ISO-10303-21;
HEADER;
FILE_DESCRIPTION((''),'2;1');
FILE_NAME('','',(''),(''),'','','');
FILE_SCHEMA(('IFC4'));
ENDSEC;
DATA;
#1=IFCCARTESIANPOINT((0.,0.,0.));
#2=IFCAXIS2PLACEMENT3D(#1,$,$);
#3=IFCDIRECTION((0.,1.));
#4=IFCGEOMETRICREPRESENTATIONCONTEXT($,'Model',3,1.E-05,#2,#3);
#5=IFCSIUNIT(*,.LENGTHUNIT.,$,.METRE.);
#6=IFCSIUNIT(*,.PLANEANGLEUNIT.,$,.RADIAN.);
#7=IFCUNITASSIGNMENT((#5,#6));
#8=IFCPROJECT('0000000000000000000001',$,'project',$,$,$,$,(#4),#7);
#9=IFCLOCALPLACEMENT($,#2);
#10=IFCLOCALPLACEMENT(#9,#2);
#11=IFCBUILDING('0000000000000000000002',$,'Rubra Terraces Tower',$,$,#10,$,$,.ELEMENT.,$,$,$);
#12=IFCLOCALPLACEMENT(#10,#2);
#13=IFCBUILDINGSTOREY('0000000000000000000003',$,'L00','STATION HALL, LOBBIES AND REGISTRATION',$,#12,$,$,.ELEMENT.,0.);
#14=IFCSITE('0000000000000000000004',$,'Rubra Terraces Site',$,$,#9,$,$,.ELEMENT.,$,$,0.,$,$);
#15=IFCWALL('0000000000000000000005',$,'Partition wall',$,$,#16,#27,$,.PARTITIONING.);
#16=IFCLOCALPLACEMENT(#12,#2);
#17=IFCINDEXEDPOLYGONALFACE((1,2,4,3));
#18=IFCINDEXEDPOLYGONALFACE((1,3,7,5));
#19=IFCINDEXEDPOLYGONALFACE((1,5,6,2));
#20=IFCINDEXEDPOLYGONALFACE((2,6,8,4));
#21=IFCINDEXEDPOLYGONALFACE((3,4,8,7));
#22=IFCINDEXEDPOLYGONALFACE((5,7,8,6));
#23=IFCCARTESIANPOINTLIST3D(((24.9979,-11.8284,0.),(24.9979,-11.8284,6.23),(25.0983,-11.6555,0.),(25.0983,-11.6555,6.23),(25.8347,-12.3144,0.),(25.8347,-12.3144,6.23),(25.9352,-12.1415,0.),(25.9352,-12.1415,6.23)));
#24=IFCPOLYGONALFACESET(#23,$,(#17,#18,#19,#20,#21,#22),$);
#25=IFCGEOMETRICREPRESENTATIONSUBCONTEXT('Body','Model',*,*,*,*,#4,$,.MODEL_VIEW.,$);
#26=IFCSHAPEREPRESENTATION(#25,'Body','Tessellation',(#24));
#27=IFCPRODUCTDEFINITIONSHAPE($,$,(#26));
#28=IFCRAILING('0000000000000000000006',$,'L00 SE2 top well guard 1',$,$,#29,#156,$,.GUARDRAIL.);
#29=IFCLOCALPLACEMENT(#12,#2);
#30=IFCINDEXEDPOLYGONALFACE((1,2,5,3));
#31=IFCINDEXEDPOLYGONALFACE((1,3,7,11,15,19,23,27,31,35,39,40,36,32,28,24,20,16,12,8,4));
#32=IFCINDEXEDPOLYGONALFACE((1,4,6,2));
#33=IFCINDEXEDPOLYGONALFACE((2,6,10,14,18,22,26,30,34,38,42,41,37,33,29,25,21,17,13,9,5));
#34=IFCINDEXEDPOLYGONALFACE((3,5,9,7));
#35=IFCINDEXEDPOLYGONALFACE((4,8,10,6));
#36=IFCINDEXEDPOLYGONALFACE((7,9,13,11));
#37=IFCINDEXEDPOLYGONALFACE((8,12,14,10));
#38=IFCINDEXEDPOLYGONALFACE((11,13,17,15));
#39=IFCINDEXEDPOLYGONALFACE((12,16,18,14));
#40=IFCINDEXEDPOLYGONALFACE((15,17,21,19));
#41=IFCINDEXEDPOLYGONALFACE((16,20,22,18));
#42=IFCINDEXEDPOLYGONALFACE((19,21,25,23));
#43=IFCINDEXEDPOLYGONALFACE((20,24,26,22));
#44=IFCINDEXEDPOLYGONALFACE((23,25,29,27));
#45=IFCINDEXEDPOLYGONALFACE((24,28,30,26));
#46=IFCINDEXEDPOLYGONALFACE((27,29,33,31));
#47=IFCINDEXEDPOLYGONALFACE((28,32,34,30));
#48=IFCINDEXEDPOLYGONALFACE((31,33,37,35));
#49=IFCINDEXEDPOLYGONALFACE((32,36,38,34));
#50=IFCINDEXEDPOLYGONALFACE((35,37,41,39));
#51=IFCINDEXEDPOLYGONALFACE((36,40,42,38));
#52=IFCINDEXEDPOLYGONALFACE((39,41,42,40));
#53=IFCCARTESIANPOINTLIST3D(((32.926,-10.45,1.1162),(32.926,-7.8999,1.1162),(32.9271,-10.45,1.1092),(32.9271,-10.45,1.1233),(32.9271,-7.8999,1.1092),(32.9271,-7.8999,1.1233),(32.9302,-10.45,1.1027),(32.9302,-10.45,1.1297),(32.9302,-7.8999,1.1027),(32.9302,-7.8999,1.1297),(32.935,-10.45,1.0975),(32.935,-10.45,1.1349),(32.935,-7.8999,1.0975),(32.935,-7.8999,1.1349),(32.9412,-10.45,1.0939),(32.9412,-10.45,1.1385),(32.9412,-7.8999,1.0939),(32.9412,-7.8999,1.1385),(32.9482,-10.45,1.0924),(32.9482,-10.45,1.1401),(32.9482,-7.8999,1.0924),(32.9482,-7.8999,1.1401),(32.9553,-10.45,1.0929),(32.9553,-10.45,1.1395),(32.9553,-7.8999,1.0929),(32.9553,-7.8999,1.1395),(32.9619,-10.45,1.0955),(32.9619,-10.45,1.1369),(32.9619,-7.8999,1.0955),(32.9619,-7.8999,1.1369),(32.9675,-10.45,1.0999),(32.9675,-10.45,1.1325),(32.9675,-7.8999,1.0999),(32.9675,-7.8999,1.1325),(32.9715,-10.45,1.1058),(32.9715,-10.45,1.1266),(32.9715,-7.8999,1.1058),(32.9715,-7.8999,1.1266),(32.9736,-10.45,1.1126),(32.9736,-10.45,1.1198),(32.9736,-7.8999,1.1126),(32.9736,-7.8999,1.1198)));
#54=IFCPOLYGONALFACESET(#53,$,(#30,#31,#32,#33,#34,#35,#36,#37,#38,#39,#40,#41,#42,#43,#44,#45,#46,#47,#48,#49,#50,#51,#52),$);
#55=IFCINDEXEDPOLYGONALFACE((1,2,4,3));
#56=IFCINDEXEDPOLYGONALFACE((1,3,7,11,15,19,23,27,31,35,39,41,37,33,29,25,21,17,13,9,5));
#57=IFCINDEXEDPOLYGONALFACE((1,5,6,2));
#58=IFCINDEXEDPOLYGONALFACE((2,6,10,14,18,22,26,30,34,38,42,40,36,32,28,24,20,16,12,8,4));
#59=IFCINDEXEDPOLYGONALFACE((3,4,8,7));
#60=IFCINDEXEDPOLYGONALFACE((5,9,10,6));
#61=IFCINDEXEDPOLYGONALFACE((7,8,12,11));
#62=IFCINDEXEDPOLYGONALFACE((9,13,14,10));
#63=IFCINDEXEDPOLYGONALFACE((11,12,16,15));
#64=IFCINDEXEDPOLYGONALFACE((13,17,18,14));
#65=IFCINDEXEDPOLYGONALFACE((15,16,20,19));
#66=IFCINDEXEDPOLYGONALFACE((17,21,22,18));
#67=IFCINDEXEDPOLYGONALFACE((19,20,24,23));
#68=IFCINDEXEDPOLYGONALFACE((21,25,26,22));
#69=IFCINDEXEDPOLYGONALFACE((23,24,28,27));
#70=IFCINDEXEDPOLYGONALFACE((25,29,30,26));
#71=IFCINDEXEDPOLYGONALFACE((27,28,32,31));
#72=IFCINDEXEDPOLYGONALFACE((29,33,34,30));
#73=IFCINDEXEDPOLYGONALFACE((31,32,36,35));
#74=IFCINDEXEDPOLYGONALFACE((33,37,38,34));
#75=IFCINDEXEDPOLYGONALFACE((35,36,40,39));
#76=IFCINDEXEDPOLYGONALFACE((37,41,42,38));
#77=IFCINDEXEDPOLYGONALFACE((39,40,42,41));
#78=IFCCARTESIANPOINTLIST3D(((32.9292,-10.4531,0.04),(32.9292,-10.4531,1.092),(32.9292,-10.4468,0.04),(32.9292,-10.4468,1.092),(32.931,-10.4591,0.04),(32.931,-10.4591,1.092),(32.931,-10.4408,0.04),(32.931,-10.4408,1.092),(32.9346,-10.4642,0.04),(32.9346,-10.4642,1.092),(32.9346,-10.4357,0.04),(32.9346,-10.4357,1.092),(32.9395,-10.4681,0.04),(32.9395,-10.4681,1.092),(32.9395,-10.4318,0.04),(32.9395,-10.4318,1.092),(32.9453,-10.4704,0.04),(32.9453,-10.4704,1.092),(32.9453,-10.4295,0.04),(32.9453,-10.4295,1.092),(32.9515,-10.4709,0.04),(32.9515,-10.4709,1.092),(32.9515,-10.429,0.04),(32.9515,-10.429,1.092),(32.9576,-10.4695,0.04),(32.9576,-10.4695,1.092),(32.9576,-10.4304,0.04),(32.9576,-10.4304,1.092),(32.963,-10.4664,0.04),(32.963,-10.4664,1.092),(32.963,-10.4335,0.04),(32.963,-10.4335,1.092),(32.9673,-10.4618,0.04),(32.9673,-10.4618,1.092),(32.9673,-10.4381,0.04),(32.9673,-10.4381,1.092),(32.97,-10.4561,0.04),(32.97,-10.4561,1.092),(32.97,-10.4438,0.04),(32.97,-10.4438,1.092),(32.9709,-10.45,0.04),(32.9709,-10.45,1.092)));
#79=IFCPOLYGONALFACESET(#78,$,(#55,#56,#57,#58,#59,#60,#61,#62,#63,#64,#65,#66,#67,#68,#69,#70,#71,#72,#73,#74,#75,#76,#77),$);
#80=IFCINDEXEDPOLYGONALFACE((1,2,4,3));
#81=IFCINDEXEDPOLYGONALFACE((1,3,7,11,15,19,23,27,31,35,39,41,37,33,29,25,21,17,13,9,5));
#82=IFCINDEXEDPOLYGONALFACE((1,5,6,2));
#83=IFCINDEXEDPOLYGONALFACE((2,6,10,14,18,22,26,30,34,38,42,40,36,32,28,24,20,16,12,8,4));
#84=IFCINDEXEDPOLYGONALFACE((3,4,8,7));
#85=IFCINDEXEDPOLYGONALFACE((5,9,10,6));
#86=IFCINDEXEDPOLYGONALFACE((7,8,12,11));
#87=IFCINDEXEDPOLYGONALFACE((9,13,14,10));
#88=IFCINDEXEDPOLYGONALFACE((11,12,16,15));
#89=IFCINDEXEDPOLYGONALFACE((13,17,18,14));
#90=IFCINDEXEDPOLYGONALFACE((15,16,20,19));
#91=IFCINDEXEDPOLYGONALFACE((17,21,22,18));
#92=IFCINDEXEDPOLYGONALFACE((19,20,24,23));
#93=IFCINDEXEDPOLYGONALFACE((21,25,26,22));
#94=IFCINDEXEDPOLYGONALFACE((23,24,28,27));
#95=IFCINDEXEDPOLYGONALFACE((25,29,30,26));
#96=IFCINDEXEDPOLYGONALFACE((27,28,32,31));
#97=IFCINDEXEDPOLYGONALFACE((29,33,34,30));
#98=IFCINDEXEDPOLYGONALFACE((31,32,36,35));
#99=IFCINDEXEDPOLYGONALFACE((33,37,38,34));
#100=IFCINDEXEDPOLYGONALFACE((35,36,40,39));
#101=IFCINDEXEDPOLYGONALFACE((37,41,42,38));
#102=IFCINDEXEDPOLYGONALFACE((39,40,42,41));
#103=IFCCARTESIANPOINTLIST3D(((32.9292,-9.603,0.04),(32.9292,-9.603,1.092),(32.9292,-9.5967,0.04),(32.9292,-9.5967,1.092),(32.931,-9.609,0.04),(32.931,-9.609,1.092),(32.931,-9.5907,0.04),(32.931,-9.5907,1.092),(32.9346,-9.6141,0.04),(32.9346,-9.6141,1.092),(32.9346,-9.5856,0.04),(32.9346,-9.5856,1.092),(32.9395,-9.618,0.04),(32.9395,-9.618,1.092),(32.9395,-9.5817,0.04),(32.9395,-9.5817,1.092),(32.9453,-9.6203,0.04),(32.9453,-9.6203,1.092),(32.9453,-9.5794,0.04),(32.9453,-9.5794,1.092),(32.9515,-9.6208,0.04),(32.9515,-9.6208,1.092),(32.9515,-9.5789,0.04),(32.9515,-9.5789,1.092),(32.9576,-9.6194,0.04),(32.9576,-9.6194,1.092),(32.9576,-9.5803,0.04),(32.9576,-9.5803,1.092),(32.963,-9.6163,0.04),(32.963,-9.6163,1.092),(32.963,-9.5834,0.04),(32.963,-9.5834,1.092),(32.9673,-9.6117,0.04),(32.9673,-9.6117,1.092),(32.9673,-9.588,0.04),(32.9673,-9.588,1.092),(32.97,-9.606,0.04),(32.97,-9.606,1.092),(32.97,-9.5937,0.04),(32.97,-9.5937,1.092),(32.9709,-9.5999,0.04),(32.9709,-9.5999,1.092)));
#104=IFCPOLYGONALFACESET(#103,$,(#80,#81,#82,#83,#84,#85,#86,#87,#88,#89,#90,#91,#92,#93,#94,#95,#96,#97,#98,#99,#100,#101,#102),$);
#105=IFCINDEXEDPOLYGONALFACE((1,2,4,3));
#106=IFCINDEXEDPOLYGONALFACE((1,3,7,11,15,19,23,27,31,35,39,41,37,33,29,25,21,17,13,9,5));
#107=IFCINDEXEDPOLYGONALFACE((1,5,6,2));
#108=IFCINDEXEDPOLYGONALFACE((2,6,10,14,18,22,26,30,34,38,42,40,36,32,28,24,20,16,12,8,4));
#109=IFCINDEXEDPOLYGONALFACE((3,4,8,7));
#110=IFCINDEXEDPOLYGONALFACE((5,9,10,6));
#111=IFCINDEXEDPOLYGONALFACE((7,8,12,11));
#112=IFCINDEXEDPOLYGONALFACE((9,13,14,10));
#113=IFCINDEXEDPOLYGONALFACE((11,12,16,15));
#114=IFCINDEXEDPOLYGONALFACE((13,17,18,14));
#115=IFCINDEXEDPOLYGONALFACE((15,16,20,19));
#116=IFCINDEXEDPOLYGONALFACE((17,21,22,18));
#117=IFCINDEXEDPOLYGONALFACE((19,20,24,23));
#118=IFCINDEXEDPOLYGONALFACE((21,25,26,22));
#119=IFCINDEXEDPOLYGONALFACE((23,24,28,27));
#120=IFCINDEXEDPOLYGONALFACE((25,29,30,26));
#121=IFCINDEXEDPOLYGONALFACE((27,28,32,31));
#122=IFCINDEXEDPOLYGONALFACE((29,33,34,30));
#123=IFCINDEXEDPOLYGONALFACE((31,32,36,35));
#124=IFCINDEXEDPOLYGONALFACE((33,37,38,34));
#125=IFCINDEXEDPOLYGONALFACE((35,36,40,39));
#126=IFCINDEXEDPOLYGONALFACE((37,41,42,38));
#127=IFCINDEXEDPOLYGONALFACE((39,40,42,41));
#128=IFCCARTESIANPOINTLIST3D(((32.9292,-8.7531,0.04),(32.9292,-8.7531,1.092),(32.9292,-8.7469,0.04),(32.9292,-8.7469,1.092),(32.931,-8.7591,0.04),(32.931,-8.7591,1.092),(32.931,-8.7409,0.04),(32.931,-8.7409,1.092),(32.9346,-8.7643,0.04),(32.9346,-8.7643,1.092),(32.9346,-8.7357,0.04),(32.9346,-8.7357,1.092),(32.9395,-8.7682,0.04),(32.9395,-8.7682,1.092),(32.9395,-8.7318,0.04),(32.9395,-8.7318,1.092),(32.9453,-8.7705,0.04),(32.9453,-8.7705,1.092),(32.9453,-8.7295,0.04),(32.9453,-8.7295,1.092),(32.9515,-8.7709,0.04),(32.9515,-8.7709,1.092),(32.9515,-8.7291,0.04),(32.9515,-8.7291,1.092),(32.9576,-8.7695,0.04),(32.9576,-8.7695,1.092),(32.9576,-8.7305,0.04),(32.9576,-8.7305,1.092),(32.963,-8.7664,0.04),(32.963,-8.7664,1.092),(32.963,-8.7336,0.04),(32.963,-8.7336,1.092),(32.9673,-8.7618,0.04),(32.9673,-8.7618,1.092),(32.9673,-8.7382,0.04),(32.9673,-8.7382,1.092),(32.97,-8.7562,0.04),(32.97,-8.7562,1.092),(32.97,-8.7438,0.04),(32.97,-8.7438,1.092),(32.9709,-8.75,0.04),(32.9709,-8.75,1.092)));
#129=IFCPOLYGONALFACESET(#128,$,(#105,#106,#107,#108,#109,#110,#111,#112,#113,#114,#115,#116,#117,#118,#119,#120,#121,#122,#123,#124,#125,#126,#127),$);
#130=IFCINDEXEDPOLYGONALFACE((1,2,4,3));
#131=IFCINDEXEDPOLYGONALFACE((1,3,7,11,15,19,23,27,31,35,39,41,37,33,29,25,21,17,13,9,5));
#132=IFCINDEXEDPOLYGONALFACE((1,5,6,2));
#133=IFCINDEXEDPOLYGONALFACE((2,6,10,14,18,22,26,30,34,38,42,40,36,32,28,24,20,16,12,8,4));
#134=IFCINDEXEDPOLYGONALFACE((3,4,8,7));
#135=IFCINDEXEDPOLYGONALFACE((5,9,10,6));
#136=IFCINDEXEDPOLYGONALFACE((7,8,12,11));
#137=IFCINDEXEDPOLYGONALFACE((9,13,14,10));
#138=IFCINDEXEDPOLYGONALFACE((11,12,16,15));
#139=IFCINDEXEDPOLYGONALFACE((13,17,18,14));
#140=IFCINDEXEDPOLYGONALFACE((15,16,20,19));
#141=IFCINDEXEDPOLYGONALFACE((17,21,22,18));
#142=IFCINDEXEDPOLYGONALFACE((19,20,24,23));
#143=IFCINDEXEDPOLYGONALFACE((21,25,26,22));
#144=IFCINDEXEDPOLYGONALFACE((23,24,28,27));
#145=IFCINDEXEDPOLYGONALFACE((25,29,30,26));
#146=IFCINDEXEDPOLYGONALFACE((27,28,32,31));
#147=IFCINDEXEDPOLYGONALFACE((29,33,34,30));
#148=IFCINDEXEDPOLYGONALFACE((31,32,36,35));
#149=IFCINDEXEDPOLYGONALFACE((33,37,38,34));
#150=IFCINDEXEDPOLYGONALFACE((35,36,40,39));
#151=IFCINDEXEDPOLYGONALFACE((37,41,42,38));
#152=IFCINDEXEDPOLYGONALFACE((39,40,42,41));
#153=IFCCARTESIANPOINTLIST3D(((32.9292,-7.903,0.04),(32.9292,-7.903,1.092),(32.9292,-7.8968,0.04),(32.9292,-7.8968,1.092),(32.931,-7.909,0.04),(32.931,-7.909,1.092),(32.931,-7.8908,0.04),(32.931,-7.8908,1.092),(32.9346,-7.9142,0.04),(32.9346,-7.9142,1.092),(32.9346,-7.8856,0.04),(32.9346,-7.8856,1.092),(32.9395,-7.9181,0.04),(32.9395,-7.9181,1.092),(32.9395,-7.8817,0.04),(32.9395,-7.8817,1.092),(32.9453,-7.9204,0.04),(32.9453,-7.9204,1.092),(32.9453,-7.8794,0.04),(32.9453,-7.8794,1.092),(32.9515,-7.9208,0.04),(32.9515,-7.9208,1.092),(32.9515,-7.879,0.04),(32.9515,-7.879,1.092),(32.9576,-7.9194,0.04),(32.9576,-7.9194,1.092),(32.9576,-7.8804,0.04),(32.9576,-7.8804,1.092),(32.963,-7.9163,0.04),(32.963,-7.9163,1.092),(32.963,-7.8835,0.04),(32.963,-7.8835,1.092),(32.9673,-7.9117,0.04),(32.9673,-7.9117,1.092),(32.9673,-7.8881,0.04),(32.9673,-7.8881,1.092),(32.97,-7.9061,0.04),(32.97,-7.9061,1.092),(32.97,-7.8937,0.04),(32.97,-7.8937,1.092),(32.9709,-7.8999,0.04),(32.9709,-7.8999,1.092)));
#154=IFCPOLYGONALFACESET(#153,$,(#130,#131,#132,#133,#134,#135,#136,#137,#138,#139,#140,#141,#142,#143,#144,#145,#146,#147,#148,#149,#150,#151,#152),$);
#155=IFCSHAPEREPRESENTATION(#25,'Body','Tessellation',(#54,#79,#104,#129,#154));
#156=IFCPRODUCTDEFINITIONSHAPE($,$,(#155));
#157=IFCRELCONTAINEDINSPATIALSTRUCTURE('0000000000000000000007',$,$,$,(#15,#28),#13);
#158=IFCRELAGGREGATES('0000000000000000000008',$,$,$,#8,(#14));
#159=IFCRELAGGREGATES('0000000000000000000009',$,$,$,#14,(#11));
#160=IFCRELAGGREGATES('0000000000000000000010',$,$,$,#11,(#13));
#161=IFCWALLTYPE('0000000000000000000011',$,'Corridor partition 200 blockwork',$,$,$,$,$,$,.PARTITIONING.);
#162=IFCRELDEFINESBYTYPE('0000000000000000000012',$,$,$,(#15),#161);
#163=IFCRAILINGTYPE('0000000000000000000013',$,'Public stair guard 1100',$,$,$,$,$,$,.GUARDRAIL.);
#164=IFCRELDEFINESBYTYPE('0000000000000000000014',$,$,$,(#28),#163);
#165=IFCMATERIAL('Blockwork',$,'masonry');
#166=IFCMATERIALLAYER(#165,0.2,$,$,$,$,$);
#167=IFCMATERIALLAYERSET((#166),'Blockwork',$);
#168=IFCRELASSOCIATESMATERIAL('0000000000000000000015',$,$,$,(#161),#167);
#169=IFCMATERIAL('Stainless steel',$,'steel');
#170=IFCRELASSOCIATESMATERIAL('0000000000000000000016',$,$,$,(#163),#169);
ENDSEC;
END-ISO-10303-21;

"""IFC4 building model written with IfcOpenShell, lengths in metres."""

from ifc_helpers import new_model, si_unit, direction, frame, frame_2d, origin, origin_2d, place, context, subcontext, project, spatial, rectangle, circle, extrude, material, layer, layer_set, type_object, element, save


model = new_model("IFC4")

# Units and contexts
model_context = context("Model", 3, precision=1e-05, world=origin(), true_north=direction((0.0, 1.0)))
body_context = subcontext(model_context, "Body", "Model", "MODEL_VIEW")
ifc_project = project(units=[si_unit("LENGTHUNIT", "METRE"), si_unit("PLANEANGLEUNIT", "RADIAN")], contexts=[model_context])

# Site, building, storey
site_placement = place(None, origin())
site = spatial("IfcSite", under=ifc_project, at=site_placement, Name="Rubra Terraces Site", CompositionType="ELEMENT", RefElevation=0.0)
building_placement = place(site_placement, origin())
building = spatial("IfcBuilding", under=site, at=building_placement, Name="Rubra Terraces Tower", CompositionType="ELEMENT")
storey_placement = place(building_placement, origin())
storey = spatial("IfcBuildingStorey", under=building, at=storey_placement, Name="L00", Description="STATION HALL, LOBBIES AND REGISTRATION", CompositionType="ELEMENT", Elevation=0.0)

# Wall
ifc_material_1 = material(Name="Blockwork", Category="masonry")
ifc_layer_1 = layer(ifc_material_1, 0.2)
ifc_layer_set_1 = layer_set([ifc_layer_1], Name="Blockwork")
wall_type_1 = type_object("IfcWallType", Name="Corridor partition 200 blockwork", PredefinedType="PARTITIONING", material=ifc_layer_set_1)
wall_1_placement = place(storey_placement, frame((25.0481, -11.7419, 0.0), z_axis=(0.0, 0.0, 1.0), x_axis=(0.864729, -0.502239, 0.0)))
element("IfcWall", 1, at=wall_1_placement, inside=storey, type_object=wall_type_1, Name="Partition wall", PredefinedType="PARTITIONING", context=body_context, shape_type="SweptSolid", body=[
    extrude(rectangle(XDim=0.9678, YDim=0.2, at=frame_2d((0.4839, 0.0))), origin(), (0.0, 0.0, 1.0), 6.23),
])

# Railing
ifc_material_2 = material(Name="Stainless steel", Category="steel")
railing_type = type_object("IfcRailingType", Name="Public stair guard 1100", PredefinedType="GUARDRAIL", material=ifc_material_2)
railing_1_placement = place(storey_placement, frame((32.95, -10.45, 0.04)))
element("IfcRailing", 2, at=railing_1_placement, inside=storey, type_object=railing_type, Name="L00 SE2 top well guard 1", PredefinedType="GUARDRAIL", context=body_context, shape_type="SweptSolid", body=[
    extrude(circle(Radius=0.0239, at=origin_2d()), frame((0.0, 0.0, 1.0762), z_axis=(0.0, 1.0, 0.0), x_axis=(-1.0, 0.0, 0.0)), (0.0, 0.0, 1.0), 2.55),
    extrude(circle(Radius=0.021, at=origin_2d()), origin(), (0.0, 0.0, 1.0), 1.052),
    extrude(circle(Radius=0.021, at=origin_2d()), frame((0.0, 0.8501, 0.0)), (0.0, 0.0, 1.0), 1.052),
    extrude(circle(Radius=0.021, at=origin_2d()), frame((0.0, 1.7, 0.0)), (0.0, 0.0, 1.0), 1.052),
    extrude(circle(Radius=0.021, at=origin_2d()), frame((0.0, 2.55, 0.0)), (0.0, 0.0, 1.0), 1.052),
])

save(model, "model.ifc")
